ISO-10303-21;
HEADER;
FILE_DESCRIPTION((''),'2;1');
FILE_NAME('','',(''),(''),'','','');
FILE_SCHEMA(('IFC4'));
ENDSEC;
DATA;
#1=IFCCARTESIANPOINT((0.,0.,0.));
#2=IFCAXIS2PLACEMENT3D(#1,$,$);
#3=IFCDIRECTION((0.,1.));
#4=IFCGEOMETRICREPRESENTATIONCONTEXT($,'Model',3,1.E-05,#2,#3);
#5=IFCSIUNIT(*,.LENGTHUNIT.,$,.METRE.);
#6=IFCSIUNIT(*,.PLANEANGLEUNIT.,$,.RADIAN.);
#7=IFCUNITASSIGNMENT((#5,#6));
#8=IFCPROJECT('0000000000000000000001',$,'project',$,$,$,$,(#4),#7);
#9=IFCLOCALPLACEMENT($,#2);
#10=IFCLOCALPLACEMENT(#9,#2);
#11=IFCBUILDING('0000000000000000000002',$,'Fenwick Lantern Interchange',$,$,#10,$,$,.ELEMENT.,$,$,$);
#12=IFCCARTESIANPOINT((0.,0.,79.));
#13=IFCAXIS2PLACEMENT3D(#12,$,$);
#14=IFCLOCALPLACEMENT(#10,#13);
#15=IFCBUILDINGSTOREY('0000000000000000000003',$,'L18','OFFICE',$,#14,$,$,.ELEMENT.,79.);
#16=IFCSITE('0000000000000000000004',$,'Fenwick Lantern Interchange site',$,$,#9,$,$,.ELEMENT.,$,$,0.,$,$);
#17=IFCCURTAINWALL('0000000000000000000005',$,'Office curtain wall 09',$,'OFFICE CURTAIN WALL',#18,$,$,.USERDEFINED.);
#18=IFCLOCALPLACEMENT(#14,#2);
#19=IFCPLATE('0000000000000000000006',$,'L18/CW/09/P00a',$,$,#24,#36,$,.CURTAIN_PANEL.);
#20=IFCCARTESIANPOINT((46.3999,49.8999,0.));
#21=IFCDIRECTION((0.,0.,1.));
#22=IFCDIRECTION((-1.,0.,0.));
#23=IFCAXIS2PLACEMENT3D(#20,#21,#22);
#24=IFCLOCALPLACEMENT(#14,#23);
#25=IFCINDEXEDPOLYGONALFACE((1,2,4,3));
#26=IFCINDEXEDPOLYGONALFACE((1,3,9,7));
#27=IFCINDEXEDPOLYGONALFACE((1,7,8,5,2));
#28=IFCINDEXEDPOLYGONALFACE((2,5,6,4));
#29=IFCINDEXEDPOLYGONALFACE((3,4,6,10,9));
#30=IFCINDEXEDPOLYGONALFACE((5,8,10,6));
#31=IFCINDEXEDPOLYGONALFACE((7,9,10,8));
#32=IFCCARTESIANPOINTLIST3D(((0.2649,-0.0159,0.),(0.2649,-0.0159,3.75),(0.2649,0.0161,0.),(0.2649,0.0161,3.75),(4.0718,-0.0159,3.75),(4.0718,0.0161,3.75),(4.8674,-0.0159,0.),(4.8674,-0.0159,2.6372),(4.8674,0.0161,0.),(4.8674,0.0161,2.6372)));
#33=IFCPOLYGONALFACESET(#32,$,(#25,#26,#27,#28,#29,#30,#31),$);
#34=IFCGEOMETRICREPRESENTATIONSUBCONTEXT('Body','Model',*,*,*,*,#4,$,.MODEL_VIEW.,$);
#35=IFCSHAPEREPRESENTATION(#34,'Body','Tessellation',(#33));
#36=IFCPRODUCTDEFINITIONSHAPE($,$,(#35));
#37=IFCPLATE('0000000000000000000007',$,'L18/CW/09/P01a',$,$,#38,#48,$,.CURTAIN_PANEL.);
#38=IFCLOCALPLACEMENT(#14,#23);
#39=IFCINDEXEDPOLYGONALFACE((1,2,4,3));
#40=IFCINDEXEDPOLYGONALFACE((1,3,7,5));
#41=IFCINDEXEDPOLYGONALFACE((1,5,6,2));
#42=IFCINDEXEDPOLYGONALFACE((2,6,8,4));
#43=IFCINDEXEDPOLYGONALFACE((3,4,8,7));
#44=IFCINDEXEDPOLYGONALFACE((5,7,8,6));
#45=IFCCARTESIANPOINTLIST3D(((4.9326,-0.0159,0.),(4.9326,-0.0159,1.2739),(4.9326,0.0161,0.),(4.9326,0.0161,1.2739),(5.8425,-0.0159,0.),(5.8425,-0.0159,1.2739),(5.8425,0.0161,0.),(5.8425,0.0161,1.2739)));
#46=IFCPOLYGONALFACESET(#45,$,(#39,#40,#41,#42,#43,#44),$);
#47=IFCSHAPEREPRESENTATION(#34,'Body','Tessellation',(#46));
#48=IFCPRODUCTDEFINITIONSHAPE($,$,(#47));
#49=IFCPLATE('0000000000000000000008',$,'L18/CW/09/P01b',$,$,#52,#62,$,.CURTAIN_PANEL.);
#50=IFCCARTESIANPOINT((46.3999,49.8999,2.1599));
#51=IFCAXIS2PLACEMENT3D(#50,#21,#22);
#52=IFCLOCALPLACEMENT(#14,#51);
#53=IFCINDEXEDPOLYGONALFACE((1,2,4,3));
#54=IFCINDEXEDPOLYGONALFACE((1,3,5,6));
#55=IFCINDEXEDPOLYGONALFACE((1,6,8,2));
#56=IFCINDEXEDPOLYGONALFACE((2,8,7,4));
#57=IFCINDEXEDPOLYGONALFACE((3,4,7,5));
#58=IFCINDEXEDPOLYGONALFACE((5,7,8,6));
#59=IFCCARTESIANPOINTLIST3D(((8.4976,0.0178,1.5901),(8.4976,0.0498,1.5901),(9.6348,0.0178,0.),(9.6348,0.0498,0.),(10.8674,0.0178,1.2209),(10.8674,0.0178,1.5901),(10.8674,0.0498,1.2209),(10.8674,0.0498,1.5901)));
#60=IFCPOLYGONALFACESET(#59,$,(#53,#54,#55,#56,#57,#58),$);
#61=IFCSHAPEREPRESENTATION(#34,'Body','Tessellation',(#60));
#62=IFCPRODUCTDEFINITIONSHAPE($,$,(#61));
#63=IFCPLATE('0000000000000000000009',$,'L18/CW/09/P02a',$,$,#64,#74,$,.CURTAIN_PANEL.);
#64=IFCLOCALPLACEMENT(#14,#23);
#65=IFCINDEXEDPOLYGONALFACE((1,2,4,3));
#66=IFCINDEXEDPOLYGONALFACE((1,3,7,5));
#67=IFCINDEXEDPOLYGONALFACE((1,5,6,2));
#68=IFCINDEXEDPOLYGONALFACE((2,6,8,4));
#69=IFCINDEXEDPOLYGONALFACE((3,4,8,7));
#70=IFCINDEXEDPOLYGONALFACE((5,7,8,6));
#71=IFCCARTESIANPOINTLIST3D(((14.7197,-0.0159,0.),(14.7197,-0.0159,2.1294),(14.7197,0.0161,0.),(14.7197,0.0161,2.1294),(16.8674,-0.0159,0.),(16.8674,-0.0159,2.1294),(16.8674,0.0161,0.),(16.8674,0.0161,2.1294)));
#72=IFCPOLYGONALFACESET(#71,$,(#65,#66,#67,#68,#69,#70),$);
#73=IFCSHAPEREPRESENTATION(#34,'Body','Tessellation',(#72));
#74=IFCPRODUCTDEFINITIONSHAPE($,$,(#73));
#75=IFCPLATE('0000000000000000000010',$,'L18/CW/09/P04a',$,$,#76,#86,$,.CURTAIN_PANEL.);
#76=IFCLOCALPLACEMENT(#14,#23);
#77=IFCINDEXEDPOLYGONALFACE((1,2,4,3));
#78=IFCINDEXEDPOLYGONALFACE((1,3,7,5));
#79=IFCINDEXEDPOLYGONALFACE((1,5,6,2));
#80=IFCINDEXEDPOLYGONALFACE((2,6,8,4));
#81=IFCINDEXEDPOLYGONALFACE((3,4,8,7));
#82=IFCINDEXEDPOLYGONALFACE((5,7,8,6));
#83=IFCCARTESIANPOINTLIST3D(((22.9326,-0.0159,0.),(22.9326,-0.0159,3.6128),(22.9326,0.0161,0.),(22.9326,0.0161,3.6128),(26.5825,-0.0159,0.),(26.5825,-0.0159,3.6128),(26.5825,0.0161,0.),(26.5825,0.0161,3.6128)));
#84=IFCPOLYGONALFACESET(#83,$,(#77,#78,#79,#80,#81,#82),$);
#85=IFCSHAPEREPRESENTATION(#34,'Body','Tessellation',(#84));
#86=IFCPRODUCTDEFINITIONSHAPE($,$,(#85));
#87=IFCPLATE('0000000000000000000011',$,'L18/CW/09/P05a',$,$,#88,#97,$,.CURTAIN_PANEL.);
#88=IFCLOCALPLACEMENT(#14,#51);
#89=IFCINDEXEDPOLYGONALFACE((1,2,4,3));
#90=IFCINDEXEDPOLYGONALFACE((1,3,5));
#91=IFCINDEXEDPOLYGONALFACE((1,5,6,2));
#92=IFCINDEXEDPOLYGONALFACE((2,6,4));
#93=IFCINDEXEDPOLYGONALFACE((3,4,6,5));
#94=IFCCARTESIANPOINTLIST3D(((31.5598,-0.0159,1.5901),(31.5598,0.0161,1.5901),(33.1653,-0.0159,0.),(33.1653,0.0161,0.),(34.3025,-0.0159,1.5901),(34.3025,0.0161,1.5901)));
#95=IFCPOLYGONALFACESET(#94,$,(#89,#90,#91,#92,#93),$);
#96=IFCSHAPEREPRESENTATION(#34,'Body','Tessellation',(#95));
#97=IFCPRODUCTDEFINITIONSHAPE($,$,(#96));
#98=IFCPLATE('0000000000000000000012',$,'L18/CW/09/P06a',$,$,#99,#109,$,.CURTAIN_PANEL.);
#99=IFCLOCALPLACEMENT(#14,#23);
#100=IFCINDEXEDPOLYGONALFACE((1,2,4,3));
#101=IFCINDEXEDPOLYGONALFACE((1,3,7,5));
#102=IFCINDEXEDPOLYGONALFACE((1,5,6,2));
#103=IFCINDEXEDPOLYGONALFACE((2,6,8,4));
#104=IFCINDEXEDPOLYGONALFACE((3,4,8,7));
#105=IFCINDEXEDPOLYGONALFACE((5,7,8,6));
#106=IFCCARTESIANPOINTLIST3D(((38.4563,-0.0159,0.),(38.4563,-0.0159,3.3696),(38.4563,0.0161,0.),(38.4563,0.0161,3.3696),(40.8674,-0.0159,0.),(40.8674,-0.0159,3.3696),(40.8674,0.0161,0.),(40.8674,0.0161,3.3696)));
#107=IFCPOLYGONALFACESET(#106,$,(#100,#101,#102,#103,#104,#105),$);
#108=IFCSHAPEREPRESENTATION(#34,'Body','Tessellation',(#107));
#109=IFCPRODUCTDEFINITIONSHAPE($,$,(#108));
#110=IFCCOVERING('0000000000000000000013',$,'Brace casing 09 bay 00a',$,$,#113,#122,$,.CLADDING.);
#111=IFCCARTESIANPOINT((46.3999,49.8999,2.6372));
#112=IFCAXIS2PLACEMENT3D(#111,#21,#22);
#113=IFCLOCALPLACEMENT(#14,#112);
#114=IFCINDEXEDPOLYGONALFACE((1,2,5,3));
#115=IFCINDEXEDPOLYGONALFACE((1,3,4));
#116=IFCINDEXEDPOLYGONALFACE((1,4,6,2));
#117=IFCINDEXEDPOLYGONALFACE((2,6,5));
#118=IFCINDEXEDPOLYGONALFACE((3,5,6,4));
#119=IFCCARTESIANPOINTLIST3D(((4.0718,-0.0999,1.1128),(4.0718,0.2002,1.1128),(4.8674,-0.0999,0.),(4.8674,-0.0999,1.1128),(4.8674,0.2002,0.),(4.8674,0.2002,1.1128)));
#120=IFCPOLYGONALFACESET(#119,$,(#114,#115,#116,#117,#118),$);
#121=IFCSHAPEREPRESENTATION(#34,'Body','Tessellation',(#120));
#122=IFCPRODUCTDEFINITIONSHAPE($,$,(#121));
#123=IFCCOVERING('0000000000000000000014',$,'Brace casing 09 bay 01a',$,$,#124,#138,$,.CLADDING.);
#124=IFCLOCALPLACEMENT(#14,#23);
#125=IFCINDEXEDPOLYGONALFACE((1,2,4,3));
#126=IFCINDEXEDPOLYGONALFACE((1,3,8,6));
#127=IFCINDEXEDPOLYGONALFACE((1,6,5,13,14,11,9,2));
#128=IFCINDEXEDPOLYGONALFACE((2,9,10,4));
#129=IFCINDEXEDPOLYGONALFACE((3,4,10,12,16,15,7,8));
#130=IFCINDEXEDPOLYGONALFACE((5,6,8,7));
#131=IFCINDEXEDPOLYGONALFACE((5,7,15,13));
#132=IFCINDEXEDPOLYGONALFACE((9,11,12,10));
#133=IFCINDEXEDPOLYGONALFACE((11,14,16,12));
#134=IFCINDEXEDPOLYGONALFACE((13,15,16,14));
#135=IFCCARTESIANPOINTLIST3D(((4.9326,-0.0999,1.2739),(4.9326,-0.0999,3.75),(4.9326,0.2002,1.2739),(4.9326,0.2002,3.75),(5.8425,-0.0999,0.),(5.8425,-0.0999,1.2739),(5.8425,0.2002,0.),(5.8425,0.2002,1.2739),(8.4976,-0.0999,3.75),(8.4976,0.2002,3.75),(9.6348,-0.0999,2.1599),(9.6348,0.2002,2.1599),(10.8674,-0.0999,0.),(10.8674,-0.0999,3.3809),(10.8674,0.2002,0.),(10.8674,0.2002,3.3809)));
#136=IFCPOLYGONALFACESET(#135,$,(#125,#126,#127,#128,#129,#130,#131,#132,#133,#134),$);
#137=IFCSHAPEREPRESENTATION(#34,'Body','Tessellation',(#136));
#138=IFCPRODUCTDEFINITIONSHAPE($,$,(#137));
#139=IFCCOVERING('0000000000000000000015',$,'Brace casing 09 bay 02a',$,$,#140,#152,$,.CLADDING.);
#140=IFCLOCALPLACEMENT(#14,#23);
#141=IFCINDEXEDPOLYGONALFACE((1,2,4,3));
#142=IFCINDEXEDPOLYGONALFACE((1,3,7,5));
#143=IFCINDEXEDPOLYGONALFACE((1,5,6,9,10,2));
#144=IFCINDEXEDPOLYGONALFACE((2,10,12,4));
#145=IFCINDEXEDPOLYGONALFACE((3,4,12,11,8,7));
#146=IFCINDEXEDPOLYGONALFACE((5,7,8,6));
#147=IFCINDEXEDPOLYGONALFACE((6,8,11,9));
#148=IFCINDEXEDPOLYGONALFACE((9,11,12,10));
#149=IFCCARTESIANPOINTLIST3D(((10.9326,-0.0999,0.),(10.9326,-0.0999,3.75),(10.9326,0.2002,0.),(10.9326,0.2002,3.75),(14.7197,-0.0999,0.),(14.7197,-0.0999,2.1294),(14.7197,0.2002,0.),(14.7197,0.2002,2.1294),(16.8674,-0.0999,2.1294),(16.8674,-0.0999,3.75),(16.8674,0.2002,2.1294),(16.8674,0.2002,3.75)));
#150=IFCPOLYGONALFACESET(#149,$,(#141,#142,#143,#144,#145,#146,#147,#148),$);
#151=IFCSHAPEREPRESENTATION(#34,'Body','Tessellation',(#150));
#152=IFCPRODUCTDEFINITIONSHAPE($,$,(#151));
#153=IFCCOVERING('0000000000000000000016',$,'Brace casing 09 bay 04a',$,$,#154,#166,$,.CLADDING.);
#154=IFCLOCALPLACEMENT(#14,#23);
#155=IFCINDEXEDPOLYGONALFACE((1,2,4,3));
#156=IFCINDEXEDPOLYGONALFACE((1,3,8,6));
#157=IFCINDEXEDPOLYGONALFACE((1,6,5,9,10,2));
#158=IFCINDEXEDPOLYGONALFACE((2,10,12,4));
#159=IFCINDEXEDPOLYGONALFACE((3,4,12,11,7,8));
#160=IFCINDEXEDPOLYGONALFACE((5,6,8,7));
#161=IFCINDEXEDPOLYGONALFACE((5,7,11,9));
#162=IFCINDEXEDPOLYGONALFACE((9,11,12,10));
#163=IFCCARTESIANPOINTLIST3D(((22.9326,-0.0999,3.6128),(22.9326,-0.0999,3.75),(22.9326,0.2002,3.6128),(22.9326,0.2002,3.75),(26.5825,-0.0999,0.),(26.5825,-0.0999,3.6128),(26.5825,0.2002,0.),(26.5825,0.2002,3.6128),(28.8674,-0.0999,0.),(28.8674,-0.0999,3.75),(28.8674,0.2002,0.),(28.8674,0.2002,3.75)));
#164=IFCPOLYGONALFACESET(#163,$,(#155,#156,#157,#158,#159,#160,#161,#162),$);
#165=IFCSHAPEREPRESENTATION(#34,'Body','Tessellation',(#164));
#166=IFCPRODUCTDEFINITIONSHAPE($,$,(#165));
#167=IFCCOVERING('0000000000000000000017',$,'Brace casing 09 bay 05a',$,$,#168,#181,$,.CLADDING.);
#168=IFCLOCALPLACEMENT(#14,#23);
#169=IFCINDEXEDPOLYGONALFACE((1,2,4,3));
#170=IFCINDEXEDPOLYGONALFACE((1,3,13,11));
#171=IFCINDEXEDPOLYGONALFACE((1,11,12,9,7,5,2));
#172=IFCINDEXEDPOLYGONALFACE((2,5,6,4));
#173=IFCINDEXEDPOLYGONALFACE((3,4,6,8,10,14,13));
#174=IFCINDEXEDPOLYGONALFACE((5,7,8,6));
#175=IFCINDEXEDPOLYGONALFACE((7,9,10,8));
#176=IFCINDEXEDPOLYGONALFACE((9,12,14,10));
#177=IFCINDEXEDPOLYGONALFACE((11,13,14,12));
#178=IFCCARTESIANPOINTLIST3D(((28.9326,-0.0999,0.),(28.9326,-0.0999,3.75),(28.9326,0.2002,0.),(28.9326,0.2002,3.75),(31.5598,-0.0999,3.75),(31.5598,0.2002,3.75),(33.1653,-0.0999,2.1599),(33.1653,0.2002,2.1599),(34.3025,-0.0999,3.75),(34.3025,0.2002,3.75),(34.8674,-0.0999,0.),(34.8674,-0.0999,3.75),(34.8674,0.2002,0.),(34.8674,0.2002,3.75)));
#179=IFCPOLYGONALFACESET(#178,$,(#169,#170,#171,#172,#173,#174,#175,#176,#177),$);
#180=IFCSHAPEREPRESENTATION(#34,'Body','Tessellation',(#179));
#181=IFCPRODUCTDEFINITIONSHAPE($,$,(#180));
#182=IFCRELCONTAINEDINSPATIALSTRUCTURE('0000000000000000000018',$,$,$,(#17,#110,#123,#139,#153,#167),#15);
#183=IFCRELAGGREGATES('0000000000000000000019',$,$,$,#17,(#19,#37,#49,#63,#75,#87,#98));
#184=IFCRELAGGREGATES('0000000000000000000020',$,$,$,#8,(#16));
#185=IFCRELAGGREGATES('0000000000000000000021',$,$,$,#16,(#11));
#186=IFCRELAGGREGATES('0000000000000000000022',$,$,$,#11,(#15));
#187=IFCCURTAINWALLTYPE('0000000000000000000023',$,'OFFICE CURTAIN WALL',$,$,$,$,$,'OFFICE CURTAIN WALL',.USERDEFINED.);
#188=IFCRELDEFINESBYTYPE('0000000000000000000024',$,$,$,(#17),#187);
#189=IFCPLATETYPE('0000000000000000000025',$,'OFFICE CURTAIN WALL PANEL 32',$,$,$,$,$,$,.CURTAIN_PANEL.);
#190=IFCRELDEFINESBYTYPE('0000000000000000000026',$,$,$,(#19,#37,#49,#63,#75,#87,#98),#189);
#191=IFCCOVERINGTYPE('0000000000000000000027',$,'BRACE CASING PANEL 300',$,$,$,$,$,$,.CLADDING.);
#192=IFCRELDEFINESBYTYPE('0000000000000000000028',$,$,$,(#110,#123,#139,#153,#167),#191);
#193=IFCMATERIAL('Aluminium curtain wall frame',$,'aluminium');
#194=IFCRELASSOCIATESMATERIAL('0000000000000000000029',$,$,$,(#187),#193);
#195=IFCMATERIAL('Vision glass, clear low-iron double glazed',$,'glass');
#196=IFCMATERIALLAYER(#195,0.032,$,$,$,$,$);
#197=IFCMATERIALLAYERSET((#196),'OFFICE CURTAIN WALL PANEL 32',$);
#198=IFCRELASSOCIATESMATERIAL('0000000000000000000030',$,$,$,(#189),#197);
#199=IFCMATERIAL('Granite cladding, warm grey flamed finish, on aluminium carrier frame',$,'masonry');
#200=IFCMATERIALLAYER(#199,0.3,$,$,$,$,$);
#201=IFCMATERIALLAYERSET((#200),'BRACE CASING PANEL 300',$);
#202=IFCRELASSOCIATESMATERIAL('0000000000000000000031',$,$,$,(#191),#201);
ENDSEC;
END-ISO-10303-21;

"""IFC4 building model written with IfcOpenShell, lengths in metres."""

from ifc_helpers import new_model, si_unit, direction, frame, origin, place, context, subcontext, project, spatial, polyline, outline, extrude, material, layer, layer_set, type_object, element, aggregate, save


model = new_model("IFC4")

# Units and contexts
model_context = context("Model", 3, precision=1e-05, world=origin(), true_north=direction((0.0, 1.0)))
body_context = subcontext(model_context, "Body", "Model", "MODEL_VIEW")
ifc_project = project(units=[si_unit("LENGTHUNIT", "METRE"), si_unit("PLANEANGLEUNIT", "RADIAN")], contexts=[model_context])

# Site, building, storey
site_placement = place(None, origin())
site = spatial("IfcSite", under=ifc_project, at=site_placement, Name="Fenwick Lantern Interchange site", CompositionType="ELEMENT", RefElevation=0.0)
building_placement = place(site_placement, origin())
building = spatial("IfcBuilding", under=site, at=building_placement, Name="Fenwick Lantern Interchange", CompositionType="ELEMENT")
storey_placement = place(building_placement, frame((0.0, 0.0, 79.0)))
storey = spatial("IfcBuildingStorey", under=building, at=storey_placement, Name="L18", Description="OFFICE", CompositionType="ELEMENT", Elevation=79.0)

# Shared definitions
ifc_material_1 = material(Name="Aluminium curtain wall frame", Category="aluminium")
curtain_wall_type = type_object("IfcCurtainWallType", Name="OFFICE CURTAIN WALL", ElementType="OFFICE CURTAIN WALL", PredefinedType="USERDEFINED", material=ifc_material_1)

# Curtain wall
curtain_wall_1_placement = place(storey_placement, origin())
curtain_wall_1 = element("IfcCurtainWall", 1, at=curtain_wall_1_placement, inside=storey, type_object=curtain_wall_type, Name="Office curtain wall 09", ObjectType="OFFICE CURTAIN WALL", PredefinedType="USERDEFINED")

# Plates
ifc_material_2 = material(Name="Vision glass, clear low-iron double glazed", Category="glass")
ifc_layer_1 = layer(ifc_material_2, 0.032)
ifc_layer_set_1 = layer_set([ifc_layer_1], Name="OFFICE CURTAIN WALL PANEL 32")
plate_type = type_object("IfcPlateType", Name="OFFICE CURTAIN WALL PANEL 32", PredefinedType="CURTAIN_PANEL", material=ifc_layer_set_1)
plate_1_placement = place(storey_placement, frame((46.3999, 49.8999, 0.0), z_axis=(0.0, 0.0, 1.0), x_axis=(-1.0, 0.0, 0.0)))
plate_1 = element("IfcPlate", 2, at=plate_1_placement, type_object=plate_type, Name="L18/CW/09/P00a", PredefinedType="CURTAIN_PANEL", context=body_context, shape_type="SweptSolid", body=[
    extrude(outline(polyline([(0.2649, 0.0), (4.8674, 0.0), (4.8674, 2.6372), (4.0718, 3.75), (0.2649, 3.75), (0.2649, 0.0)])), frame((0.0, 0.0161, 0.0), z_axis=(0.0, -1.0, 0.0), x_axis=(1.0, 0.0, 0.0)), (0.0, 0.0, 1.0), 0.032),
])
plate_2_placement = place(storey_placement, frame((46.3999, 49.8999, 0.0), z_axis=(0.0, 0.0, 1.0), x_axis=(-1.0, 0.0, 0.0)))
plate_2 = element("IfcPlate", 3, at=plate_2_placement, type_object=plate_type, Name="L18/CW/09/P01a", PredefinedType="CURTAIN_PANEL", context=body_context, shape_type="SweptSolid", body=[
    extrude(outline(polyline([(4.9326, 0.0), (5.8425, 0.0), (5.8425, 1.2739), (4.9326, 1.2739), (4.9326, 0.0)])), frame((0.0, 0.0161, 0.0), z_axis=(0.0, -1.0, 0.0), x_axis=(1.0, 0.0, 0.0)), (0.0, 0.0, 1.0), 0.032),
])
plate_3_placement = place(storey_placement, frame((46.3999, 49.8999, 2.1599), z_axis=(0.0, 0.0, 1.0), x_axis=(-1.0, 0.0, 0.0)))
plate_3 = element("IfcPlate", 4, at=plate_3_placement, type_object=plate_type, Name="L18/CW/09/P01b", PredefinedType="CURTAIN_PANEL", context=body_context, shape_type="SweptSolid", body=[
    extrude(outline(polyline([(9.6348, 0.0), (10.8674, 1.2209), (10.8674, 1.5901), (8.4976, 1.5901), (9.6348, 0.0)])), frame((0.0, 0.0498, 0.0), z_axis=(0.0, -1.0, 0.0), x_axis=(1.0, 0.0, 0.0)), (0.0, 0.0, 1.0), 0.032),
])
plate_4_placement = place(storey_placement, frame((46.3999, 49.8999, 0.0), z_axis=(0.0, 0.0, 1.0), x_axis=(-1.0, 0.0, 0.0)))
plate_4 = element("IfcPlate", 5, at=plate_4_placement, type_object=plate_type, Name="L18/CW/09/P02a", PredefinedType="CURTAIN_PANEL", context=body_context, shape_type="SweptSolid", body=[
    extrude(outline(polyline([(14.7197, 0.0), (16.8674, 0.0), (16.8674, 2.1294), (14.7197, 2.1294), (14.7197, 0.0)])), frame((0.0, 0.0161, 0.0), z_axis=(0.0, -1.0, 0.0), x_axis=(1.0, 0.0, 0.0)), (0.0, 0.0, 1.0), 0.032),
])
plate_5_placement = place(storey_placement, frame((46.3999, 49.8999, 0.0), z_axis=(0.0, 0.0, 1.0), x_axis=(-1.0, 0.0, 0.0)))
plate_5 = element("IfcPlate", 6, at=plate_5_placement, type_object=plate_type, Name="L18/CW/09/P04a", PredefinedType="CURTAIN_PANEL", context=body_context, shape_type="SweptSolid", body=[
    extrude(outline(polyline([(22.9326, 0.0), (26.5825, 0.0), (26.5825, 3.6128), (22.9326, 3.6128), (22.9326, 0.0)])), frame((0.0, 0.0161, 0.0), z_axis=(0.0, -1.0, 0.0), x_axis=(1.0, 0.0, 0.0)), (0.0, 0.0, 1.0), 0.032),
])
plate_6_placement = place(storey_placement, frame((46.3999, 49.8999, 2.1599), z_axis=(0.0, 0.0, 1.0), x_axis=(-1.0, 0.0, 0.0)))
plate_6 = element("IfcPlate", 7, at=plate_6_placement, type_object=plate_type, Name="L18/CW/09/P05a", PredefinedType="CURTAIN_PANEL", context=body_context, shape_type="SweptSolid", body=[
    extrude(outline(polyline([(33.1653, 0.0), (34.3025, 1.5901), (31.5598, 1.5901), (33.1653, 0.0)])), frame((0.0, 0.0161, 0.0), z_axis=(0.0, -1.0, 0.0), x_axis=(1.0, 0.0, 0.0)), (0.0, 0.0, 1.0), 0.032),
])
plate_7_placement = place(storey_placement, frame((46.3999, 49.8999, 0.0), z_axis=(0.0, 0.0, 1.0), x_axis=(-1.0, 0.0, 0.0)))
plate_7 = element("IfcPlate", 8, at=plate_7_placement, type_object=plate_type, Name="L18/CW/09/P06a", PredefinedType="CURTAIN_PANEL", context=body_context, shape_type="SweptSolid", body=[
    extrude(outline(polyline([(38.4563, 0.0), (40.8674, 0.0), (40.8674, 3.3696), (38.4563, 3.3696), (38.4563, 0.0)])), frame((0.0, 0.0161, 0.0), z_axis=(0.0, -1.0, 0.0), x_axis=(1.0, 0.0, 0.0)), (0.0, 0.0, 1.0), 0.032),
])
aggregate(curtain_wall_1, [plate_1, plate_2, plate_3, plate_4, plate_5, plate_6, plate_7])

# Coverings
ifc_material_3 = material(Name="Granite cladding, warm grey flamed finish, on aluminium carrier frame", Category="masonry")
ifc_layer_2 = layer(ifc_material_3, 0.3)
ifc_layer_set_2 = layer_set([ifc_layer_2], Name="BRACE CASING PANEL 300")
covering_type = type_object("IfcCoveringType", Name="BRACE CASING PANEL 300", PredefinedType="CLADDING", material=ifc_layer_set_2)
covering_1_placement = place(storey_placement, frame((46.3999, 49.8999, 2.6372), z_axis=(0.0, 0.0, 1.0), x_axis=(-1.0, 0.0, 0.0)))
element("IfcCovering", 9, at=covering_1_placement, inside=storey, type_object=covering_type, Name="Brace casing 09 bay 00a", PredefinedType="CLADDING", context=body_context, shape_type="SweptSolid", body=[
    extrude(outline(polyline([(4.8674, 0.0), (4.8674, 1.1128), (4.0718, 1.1128), (4.8674, 0.0)])), frame((0.0, 0.2002, 0.0), z_axis=(0.0, -1.0, 0.0), x_axis=(1.0, 0.0, 0.0)), (0.0, 0.0, 1.0), 0.3),
])
covering_2_placement = place(storey_placement, frame((46.3999, 49.8999, 0.0), z_axis=(0.0, 0.0, 1.0), x_axis=(-1.0, 0.0, 0.0)))
element("IfcCovering", 10, at=covering_2_placement, inside=storey, type_object=covering_type, Name="Brace casing 09 bay 01a", PredefinedType="CLADDING", context=body_context, shape_type="SweptSolid", body=[
    extrude(outline(polyline([(5.8425, 0.0), (10.8674, 0.0), (10.8674, 3.3809), (9.6348, 2.1599), (8.4976, 3.75), (4.9326, 3.75), (4.9326, 1.2739), (5.8425, 1.2739), (5.8425, 0.0)])), frame((0.0, 0.2002, 0.0), z_axis=(0.0, -1.0, 0.0), x_axis=(1.0, 0.0, 0.0)), (0.0, 0.0, 1.0), 0.3),
])
covering_3_placement = place(storey_placement, frame((46.3999, 49.8999, 0.0), z_axis=(0.0, 0.0, 1.0), x_axis=(-1.0, 0.0, 0.0)))
element("IfcCovering", 11, at=covering_3_placement, inside=storey, type_object=covering_type, Name="Brace casing 09 bay 02a", PredefinedType="CLADDING", context=body_context, shape_type="SweptSolid", body=[
    extrude(outline(polyline([(10.9326, 0.0), (14.7197, 0.0), (14.7197, 2.1294), (16.8674, 2.1294), (16.8674, 3.75), (10.9326, 3.75), (10.9326, 0.0)])), frame((0.0, 0.2002, 0.0), z_axis=(0.0, -1.0, 0.0), x_axis=(1.0, 0.0, 0.0)), (0.0, 0.0, 1.0), 0.3),
])
covering_4_placement = place(storey_placement, frame((46.3999, 49.8999, 0.0), z_axis=(0.0, 0.0, 1.0), x_axis=(-1.0, 0.0, 0.0)))
element("IfcCovering", 12, at=covering_4_placement, inside=storey, type_object=covering_type, Name="Brace casing 09 bay 04a", PredefinedType="CLADDING", context=body_context, shape_type="SweptSolid", body=[
    extrude(outline(polyline([(26.5825, 0.0), (28.8674, 0.0), (28.8674, 3.75), (22.9326, 3.75), (22.9326, 3.6128), (26.5825, 3.6128), (26.5825, 0.0)])), frame((0.0, 0.2002, 0.0), z_axis=(0.0, -1.0, 0.0), x_axis=(1.0, 0.0, 0.0)), (0.0, 0.0, 1.0), 0.3),
])
covering_5_placement = place(storey_placement, frame((46.3999, 49.8999, 0.0), z_axis=(0.0, 0.0, 1.0), x_axis=(-1.0, 0.0, 0.0)))
element("IfcCovering", 13, at=covering_5_placement, inside=storey, type_object=covering_type, Name="Brace casing 09 bay 05a", PredefinedType="CLADDING", context=body_context, shape_type="SweptSolid", body=[
    extrude(outline(polyline([(28.9326, 0.0), (34.8674, 0.0), (34.8674, 3.75), (34.3025, 3.75), (33.1653, 2.1599), (31.5598, 3.75), (28.9326, 3.75), (28.9326, 0.0)])), frame((0.0, 0.2002, 0.0), z_axis=(0.0, -1.0, 0.0), x_axis=(1.0, 0.0, 0.0)), (0.0, 0.0, 1.0), 0.3),
])

save(model, "model.ifc")
